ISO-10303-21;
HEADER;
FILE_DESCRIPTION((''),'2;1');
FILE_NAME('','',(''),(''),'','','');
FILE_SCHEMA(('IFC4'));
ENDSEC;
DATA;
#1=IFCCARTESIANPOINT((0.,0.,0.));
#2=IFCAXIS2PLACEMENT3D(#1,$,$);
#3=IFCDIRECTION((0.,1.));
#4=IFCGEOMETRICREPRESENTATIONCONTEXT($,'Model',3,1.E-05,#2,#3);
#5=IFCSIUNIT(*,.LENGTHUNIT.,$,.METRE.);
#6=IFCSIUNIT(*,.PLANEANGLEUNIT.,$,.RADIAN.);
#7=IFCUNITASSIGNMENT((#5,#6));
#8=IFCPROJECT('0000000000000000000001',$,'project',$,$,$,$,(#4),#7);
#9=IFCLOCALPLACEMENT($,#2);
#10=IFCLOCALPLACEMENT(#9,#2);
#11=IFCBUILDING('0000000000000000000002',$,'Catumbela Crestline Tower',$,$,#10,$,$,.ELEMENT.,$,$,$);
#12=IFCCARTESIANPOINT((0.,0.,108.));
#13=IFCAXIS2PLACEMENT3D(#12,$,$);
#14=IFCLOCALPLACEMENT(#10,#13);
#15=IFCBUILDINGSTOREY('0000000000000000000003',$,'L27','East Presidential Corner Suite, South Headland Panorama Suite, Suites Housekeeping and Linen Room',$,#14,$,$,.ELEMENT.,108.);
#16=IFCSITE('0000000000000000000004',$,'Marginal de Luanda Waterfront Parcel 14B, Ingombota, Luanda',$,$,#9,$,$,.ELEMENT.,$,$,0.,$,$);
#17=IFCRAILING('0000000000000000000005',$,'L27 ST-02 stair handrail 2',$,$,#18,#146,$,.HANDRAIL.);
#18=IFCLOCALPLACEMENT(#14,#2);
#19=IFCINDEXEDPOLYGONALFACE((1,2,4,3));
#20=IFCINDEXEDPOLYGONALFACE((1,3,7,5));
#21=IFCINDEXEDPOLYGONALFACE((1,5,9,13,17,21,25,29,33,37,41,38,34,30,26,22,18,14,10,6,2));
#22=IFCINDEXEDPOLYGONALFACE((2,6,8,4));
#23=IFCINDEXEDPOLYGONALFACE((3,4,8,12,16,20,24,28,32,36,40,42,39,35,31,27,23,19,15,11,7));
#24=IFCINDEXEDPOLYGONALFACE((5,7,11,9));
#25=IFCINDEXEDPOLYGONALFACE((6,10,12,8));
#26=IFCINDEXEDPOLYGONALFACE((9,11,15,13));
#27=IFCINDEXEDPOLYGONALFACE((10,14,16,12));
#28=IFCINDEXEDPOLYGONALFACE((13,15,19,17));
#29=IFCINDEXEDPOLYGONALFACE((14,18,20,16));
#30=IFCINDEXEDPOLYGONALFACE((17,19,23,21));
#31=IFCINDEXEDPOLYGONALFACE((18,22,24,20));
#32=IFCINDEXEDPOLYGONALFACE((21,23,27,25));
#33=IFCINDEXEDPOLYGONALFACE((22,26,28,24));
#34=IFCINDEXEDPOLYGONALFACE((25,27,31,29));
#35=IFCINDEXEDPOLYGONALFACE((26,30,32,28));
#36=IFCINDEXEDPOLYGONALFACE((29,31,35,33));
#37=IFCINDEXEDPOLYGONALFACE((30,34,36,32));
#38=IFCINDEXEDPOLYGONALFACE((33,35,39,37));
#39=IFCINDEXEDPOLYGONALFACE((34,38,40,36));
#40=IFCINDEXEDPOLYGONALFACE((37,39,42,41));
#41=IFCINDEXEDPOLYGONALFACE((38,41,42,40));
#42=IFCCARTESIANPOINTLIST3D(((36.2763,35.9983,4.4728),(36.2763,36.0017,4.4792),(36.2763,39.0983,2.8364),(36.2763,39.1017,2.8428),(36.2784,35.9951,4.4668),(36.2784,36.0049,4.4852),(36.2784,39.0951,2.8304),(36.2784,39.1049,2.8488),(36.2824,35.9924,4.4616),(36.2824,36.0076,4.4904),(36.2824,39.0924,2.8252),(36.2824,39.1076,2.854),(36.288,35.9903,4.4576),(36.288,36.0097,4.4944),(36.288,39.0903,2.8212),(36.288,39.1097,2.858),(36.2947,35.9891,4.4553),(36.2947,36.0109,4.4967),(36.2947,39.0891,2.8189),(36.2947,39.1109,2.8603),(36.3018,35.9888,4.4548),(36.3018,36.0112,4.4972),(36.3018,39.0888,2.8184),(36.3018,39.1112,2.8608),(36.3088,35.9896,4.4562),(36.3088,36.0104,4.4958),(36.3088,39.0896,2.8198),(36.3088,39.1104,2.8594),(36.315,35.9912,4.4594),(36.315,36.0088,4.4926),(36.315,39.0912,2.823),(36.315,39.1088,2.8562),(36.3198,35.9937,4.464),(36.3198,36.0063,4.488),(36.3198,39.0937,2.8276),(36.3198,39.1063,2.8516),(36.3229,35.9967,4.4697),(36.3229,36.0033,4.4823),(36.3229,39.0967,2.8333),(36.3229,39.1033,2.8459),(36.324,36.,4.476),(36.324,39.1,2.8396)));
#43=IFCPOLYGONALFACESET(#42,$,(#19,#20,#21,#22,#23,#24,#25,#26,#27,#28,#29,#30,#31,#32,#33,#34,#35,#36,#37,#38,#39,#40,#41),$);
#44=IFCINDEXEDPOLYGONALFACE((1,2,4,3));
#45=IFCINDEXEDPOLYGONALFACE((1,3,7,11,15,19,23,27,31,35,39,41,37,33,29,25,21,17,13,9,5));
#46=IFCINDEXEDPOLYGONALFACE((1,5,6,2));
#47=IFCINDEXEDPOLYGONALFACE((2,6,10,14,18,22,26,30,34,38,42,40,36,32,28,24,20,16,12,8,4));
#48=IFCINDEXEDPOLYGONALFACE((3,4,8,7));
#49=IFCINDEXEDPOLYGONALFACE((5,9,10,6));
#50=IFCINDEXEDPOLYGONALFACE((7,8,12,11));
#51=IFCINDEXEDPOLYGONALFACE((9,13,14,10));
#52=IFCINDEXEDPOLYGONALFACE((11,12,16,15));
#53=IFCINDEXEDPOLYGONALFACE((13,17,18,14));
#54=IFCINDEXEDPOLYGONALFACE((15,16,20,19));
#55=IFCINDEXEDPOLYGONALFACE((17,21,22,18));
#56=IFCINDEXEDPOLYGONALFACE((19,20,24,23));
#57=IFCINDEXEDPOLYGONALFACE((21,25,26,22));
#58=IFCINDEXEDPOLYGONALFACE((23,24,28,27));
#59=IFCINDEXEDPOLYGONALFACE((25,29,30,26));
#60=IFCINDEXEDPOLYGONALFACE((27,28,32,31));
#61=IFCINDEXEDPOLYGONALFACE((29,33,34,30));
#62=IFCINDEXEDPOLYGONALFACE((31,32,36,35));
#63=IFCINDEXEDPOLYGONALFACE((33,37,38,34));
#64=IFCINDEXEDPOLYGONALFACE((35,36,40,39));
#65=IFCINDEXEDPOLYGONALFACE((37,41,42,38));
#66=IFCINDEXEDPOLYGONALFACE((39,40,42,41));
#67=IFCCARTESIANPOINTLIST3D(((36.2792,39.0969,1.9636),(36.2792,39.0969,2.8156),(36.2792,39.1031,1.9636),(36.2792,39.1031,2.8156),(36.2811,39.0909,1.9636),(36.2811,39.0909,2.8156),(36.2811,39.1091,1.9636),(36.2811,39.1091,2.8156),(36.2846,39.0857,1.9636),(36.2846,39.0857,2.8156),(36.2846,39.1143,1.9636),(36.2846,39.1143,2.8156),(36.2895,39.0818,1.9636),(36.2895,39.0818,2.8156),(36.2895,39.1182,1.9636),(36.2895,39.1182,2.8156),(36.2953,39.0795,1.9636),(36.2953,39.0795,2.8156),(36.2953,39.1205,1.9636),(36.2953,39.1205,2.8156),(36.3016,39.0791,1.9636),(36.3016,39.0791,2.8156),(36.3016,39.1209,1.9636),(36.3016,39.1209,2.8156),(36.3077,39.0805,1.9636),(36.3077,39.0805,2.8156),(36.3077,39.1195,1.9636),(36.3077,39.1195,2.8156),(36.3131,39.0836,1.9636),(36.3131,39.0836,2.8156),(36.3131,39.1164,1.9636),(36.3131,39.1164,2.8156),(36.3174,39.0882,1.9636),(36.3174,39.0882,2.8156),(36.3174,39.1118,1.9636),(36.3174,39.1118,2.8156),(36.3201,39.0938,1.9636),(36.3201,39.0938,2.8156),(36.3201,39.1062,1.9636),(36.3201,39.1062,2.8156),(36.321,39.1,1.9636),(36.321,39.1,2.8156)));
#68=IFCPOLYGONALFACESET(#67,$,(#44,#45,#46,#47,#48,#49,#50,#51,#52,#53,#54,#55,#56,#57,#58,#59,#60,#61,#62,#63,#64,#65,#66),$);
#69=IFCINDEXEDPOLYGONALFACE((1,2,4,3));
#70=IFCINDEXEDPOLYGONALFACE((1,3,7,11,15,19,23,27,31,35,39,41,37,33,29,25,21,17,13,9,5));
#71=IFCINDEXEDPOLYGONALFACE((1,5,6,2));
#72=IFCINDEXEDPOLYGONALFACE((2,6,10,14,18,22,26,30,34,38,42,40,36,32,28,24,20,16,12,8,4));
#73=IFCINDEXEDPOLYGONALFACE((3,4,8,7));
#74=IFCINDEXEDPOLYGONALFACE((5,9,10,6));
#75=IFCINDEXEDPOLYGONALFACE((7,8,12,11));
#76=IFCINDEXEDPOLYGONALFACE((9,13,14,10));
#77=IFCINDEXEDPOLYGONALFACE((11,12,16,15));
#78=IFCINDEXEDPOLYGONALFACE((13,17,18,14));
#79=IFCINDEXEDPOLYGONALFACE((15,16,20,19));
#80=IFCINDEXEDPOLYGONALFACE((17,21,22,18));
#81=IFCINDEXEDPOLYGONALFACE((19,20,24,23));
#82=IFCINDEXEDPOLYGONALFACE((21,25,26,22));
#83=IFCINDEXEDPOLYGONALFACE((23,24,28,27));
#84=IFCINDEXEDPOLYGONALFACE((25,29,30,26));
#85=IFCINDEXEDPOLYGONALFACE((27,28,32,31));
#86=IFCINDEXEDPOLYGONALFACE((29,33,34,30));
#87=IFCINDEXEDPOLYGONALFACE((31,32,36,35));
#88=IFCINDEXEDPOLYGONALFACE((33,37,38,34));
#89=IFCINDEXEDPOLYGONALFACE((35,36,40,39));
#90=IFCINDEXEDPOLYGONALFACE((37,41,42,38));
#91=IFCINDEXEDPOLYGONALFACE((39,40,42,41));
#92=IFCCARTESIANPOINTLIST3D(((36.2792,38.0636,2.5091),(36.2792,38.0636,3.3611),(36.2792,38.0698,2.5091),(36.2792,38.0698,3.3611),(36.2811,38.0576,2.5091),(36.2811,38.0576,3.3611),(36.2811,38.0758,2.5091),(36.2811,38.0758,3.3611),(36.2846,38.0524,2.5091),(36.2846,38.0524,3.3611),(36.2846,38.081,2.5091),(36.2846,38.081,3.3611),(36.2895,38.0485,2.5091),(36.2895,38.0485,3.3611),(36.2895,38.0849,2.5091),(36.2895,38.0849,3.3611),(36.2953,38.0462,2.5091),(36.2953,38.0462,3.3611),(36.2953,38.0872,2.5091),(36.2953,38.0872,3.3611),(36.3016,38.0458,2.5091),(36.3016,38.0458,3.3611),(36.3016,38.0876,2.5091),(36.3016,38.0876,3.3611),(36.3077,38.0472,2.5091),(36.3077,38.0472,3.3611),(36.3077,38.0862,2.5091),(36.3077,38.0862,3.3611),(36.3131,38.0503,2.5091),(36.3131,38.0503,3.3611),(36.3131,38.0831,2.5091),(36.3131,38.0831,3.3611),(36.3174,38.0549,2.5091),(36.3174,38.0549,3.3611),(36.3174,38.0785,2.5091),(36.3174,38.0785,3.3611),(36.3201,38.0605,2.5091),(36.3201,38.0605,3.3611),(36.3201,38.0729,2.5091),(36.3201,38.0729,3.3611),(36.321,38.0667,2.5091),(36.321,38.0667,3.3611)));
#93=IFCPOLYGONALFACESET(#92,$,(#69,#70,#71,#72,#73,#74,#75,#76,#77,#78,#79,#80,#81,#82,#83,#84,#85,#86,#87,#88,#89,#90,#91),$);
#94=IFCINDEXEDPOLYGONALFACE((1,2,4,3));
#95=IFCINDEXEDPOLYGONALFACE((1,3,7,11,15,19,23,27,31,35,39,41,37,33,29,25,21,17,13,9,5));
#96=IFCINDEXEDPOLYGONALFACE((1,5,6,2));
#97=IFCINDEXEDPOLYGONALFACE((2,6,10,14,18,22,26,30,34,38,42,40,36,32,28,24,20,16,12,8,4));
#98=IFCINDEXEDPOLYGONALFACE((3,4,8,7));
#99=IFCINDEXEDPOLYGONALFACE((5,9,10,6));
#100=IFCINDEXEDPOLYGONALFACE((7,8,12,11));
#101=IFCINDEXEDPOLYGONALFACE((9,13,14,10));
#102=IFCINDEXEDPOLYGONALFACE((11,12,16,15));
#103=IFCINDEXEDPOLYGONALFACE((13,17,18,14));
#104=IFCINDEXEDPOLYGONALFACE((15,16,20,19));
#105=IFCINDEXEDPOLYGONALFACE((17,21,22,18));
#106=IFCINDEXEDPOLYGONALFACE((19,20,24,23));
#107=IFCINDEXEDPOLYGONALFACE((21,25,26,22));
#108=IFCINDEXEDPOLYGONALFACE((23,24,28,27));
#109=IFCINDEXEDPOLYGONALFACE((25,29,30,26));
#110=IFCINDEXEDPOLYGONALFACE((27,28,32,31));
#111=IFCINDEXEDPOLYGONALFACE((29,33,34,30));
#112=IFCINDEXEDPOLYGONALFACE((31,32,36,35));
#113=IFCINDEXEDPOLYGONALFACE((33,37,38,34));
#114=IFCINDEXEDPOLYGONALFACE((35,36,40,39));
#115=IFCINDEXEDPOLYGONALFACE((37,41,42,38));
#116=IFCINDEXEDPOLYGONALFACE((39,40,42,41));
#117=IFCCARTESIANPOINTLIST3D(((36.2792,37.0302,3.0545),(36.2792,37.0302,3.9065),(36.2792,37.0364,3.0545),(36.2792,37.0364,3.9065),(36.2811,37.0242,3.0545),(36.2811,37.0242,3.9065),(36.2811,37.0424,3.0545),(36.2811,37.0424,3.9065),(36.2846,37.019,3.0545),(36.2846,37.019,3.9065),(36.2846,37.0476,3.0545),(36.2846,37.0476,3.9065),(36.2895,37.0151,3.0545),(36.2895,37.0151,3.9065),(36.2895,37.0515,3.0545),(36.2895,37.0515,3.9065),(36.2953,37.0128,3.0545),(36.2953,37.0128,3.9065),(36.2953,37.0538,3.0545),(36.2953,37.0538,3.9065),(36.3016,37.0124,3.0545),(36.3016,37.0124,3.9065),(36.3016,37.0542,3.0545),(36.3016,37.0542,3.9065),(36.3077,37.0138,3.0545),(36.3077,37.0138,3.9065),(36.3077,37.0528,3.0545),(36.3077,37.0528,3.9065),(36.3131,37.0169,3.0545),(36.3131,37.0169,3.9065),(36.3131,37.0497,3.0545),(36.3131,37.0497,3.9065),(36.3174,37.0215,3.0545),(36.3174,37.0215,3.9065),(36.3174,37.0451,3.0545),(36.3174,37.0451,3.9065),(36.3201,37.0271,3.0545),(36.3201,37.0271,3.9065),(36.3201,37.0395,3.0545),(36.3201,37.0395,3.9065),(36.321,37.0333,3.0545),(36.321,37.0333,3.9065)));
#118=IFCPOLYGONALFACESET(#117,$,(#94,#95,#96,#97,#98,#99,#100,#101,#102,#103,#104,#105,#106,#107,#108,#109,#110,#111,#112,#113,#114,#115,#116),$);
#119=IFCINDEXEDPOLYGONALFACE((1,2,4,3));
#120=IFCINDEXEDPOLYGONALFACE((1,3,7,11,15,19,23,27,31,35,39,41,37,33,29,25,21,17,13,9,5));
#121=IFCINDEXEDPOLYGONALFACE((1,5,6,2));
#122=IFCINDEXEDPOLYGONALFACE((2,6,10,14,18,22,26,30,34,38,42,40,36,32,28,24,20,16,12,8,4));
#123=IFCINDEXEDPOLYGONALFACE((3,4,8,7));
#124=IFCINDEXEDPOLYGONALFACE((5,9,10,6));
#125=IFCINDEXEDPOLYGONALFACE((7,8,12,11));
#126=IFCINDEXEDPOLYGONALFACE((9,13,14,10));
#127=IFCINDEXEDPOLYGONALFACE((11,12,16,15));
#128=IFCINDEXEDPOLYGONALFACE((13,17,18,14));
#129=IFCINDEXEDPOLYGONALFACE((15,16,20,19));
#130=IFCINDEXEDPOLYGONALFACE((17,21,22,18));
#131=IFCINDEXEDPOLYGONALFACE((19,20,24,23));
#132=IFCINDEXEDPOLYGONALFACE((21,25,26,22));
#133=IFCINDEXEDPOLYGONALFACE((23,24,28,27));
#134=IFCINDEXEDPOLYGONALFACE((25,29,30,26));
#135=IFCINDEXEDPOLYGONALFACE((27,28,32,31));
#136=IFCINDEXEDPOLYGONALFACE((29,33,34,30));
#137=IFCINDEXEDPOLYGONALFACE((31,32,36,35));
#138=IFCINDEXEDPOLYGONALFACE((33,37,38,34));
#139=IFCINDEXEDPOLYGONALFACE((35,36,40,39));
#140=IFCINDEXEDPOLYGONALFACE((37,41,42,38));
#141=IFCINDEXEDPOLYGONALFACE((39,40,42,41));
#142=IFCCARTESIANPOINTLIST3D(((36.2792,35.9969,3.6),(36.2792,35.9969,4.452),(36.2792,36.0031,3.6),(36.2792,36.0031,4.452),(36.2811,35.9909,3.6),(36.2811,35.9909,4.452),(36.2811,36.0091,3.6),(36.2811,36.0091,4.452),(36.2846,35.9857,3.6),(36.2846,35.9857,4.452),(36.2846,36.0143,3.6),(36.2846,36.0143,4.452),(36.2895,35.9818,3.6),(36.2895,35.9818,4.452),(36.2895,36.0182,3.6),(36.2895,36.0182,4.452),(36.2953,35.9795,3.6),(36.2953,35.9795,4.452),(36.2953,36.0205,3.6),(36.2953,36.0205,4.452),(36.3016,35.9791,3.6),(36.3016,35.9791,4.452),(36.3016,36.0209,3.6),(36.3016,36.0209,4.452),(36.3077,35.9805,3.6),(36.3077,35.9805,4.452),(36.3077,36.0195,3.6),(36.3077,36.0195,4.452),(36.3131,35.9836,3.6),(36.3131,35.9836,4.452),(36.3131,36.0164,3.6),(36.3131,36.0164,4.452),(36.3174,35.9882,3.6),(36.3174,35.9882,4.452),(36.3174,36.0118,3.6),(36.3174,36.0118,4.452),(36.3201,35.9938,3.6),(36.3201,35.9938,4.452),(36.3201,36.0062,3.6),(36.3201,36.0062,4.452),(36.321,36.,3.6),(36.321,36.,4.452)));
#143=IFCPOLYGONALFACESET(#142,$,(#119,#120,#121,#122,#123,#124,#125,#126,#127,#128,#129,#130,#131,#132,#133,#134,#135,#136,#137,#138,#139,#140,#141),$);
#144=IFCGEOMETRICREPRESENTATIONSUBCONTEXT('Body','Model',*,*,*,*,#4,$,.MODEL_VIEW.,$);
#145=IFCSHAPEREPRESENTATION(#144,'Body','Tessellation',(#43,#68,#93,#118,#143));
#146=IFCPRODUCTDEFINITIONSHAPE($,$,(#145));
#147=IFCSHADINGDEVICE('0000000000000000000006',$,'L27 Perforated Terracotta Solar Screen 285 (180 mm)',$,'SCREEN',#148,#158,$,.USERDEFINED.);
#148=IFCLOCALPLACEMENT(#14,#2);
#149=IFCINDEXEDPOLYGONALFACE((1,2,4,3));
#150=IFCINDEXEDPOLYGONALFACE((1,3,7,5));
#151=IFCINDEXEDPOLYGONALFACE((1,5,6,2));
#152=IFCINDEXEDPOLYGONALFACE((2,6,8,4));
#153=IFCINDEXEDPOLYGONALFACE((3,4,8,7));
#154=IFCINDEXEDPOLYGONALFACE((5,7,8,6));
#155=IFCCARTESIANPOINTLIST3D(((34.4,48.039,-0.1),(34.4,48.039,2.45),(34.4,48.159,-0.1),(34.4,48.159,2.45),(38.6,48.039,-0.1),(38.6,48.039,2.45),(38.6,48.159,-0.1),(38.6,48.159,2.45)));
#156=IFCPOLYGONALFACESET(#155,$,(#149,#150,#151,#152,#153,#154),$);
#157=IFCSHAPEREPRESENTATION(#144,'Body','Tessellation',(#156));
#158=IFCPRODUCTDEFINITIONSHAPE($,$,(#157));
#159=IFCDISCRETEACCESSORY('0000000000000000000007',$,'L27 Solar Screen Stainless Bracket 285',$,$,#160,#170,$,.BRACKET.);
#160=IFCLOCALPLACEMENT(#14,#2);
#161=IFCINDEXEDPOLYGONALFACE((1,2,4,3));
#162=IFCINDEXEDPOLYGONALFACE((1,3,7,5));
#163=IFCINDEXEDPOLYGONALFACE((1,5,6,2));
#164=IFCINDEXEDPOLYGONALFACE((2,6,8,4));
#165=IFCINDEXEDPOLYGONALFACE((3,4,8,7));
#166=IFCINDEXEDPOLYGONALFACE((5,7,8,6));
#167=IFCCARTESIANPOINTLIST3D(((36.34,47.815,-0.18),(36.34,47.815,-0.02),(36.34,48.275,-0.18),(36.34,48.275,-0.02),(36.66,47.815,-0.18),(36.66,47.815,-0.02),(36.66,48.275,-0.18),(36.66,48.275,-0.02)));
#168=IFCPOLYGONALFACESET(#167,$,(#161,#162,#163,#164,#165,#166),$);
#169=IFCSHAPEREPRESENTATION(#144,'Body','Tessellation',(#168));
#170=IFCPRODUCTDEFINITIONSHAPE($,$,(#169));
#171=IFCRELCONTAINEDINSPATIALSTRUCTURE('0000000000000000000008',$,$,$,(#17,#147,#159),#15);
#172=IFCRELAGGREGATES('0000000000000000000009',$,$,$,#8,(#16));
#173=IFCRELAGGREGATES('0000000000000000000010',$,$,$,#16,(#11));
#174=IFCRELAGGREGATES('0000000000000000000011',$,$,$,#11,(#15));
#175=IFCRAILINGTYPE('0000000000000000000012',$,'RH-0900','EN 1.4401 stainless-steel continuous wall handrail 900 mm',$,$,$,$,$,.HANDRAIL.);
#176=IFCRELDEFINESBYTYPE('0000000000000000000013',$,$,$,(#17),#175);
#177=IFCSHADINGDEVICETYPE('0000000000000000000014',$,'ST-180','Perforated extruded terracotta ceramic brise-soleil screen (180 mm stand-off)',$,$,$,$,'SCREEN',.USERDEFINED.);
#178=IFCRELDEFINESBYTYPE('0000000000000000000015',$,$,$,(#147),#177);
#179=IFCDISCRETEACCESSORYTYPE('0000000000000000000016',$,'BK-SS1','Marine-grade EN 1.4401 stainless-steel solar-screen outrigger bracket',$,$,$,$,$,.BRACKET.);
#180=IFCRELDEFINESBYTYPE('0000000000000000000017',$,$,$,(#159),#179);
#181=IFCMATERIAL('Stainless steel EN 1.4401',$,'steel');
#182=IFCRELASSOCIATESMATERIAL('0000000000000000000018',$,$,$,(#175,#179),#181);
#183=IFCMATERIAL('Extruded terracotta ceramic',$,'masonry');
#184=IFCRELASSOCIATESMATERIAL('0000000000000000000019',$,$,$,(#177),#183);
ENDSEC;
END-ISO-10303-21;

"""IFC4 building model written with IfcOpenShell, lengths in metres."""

from ifc_helpers import new_model, si_unit, direction, frame, origin, origin_2d, place, context, subcontext, project, spatial, rectangle, circle, extrude, material, type_object, element, save


model = new_model("IFC4")

# Units and contexts
model_context = context("Model", 3, precision=1e-05, world=origin(), true_north=direction((0.0, 1.0)))
body_context = subcontext(model_context, "Body", "Model", "MODEL_VIEW")
ifc_project = project(units=[si_unit("LENGTHUNIT", "METRE"), si_unit("PLANEANGLEUNIT", "RADIAN")], contexts=[model_context])

# Site, building, storey
site_placement = place(None, origin())
site = spatial("IfcSite", under=ifc_project, at=site_placement, Name="Marginal de Luanda Waterfront Parcel 14B, Ingombota, Luanda", CompositionType="ELEMENT", RefElevation=0.0)
building_placement = place(site_placement, origin())
building = spatial("IfcBuilding", under=site, at=building_placement, Name="Catumbela Crestline Tower", CompositionType="ELEMENT")
storey_placement = place(building_placement, frame((0.0, 0.0, 108.0)))
storey = spatial("IfcBuildingStorey", under=building, at=storey_placement, Name="L27", Description="East Presidential Corner Suite, South Headland Panorama Suite, Suites Housekeeping and Linen Room", CompositionType="ELEMENT", Elevation=108.0)

# Shared definitions
ifc_material_1 = material(Name="Stainless steel EN 1.4401", Category="steel")

# Railing
railing_type_1 = type_object("IfcRailingType", Name="RH-0900", Description="EN 1.4401 stainless-steel continuous wall handrail 900 mm", PredefinedType="HANDRAIL", material=ifc_material_1)
railing_1_placement = place(storey_placement, frame((36.3, 39.1, 1.9636)))
element("IfcRailing", 1, at=railing_1_placement, inside=storey, type_object=railing_type_1, Name="L27 ST-02 stair handrail 2", PredefinedType="HANDRAIL", context=body_context, shape_type="SweptSolid", body=[
    extrude(circle(Radius=0.024, at=origin_2d()), frame((0.0, 0.0, 0.876), z_axis=(0.0, -0.884351, 0.466823), x_axis=(1.0, 0.0, 0.0)), (0.0, 0.0, 1.0), 3.5054),
    extrude(circle(Radius=0.021, at=origin_2d()), origin(), (0.0, 0.0, 1.0), 0.852),
    extrude(circle(Radius=0.021, at=origin_2d()), frame((0.0, -1.0333, 0.5455)), (0.0, 0.0, 1.0), 0.852),
    extrude(circle(Radius=0.021, at=origin_2d()), frame((0.0, -2.0667, 1.0909)), (0.0, 0.0, 1.0), 0.852),
    extrude(circle(Radius=0.021, at=origin_2d()), frame((0.0, -3.1, 1.6364)), (0.0, 0.0, 1.0), 0.852),
])

# Shading device
ifc_material_2 = material(Name="Extruded terracotta ceramic", Category="masonry")
shading_device_type = type_object("IfcShadingDeviceType", Name="ST-180", Description="Perforated extruded terracotta ceramic brise-soleil screen (180 mm stand-off)", ElementType="SCREEN", PredefinedType="USERDEFINED", material=ifc_material_2)
shading_device_placement = place(storey_placement, frame((36.5, 48.099, -0.1), z_axis=(0.0, 0.0, 1.0), x_axis=(-1.0, 0.0, 0.0)))
element("IfcShadingDevice", 2, at=shading_device_placement, inside=storey, type_object=shading_device_type, Name="L27 Perforated Terracotta Solar Screen 285 (180 mm)", ObjectType="SCREEN", PredefinedType="USERDEFINED", context=body_context, shape_type="SweptSolid", body=[
    extrude(rectangle(XDim=4.2, YDim=0.12, at=origin_2d()), origin(), (0.0, 0.0, 1.0), 2.55),
])

# Discrete accessory
discrete_accessory_type = type_object("IfcDiscreteAccessoryType", Name="BK-SS1", Description="Marine-grade EN 1.4401 stainless-steel solar-screen outrigger bracket", PredefinedType="BRACKET", material=ifc_material_1)
discrete_accessory_placement = place(storey_placement, frame((36.5, 48.045, -0.18), z_axis=(0.0, 0.0, 1.0), x_axis=(-1.0, 0.0, 0.0)))
element("IfcDiscreteAccessory", 3, at=discrete_accessory_placement, inside=storey, type_object=discrete_accessory_type, Name="L27 Solar Screen Stainless Bracket 285", PredefinedType="BRACKET", context=body_context, shape_type="SweptSolid", body=[
    extrude(rectangle(XDim=0.32, YDim=0.46, at=origin_2d()), origin(), (0.0, 0.0, 1.0), 0.16),
])

save(model, "model.ifc")
